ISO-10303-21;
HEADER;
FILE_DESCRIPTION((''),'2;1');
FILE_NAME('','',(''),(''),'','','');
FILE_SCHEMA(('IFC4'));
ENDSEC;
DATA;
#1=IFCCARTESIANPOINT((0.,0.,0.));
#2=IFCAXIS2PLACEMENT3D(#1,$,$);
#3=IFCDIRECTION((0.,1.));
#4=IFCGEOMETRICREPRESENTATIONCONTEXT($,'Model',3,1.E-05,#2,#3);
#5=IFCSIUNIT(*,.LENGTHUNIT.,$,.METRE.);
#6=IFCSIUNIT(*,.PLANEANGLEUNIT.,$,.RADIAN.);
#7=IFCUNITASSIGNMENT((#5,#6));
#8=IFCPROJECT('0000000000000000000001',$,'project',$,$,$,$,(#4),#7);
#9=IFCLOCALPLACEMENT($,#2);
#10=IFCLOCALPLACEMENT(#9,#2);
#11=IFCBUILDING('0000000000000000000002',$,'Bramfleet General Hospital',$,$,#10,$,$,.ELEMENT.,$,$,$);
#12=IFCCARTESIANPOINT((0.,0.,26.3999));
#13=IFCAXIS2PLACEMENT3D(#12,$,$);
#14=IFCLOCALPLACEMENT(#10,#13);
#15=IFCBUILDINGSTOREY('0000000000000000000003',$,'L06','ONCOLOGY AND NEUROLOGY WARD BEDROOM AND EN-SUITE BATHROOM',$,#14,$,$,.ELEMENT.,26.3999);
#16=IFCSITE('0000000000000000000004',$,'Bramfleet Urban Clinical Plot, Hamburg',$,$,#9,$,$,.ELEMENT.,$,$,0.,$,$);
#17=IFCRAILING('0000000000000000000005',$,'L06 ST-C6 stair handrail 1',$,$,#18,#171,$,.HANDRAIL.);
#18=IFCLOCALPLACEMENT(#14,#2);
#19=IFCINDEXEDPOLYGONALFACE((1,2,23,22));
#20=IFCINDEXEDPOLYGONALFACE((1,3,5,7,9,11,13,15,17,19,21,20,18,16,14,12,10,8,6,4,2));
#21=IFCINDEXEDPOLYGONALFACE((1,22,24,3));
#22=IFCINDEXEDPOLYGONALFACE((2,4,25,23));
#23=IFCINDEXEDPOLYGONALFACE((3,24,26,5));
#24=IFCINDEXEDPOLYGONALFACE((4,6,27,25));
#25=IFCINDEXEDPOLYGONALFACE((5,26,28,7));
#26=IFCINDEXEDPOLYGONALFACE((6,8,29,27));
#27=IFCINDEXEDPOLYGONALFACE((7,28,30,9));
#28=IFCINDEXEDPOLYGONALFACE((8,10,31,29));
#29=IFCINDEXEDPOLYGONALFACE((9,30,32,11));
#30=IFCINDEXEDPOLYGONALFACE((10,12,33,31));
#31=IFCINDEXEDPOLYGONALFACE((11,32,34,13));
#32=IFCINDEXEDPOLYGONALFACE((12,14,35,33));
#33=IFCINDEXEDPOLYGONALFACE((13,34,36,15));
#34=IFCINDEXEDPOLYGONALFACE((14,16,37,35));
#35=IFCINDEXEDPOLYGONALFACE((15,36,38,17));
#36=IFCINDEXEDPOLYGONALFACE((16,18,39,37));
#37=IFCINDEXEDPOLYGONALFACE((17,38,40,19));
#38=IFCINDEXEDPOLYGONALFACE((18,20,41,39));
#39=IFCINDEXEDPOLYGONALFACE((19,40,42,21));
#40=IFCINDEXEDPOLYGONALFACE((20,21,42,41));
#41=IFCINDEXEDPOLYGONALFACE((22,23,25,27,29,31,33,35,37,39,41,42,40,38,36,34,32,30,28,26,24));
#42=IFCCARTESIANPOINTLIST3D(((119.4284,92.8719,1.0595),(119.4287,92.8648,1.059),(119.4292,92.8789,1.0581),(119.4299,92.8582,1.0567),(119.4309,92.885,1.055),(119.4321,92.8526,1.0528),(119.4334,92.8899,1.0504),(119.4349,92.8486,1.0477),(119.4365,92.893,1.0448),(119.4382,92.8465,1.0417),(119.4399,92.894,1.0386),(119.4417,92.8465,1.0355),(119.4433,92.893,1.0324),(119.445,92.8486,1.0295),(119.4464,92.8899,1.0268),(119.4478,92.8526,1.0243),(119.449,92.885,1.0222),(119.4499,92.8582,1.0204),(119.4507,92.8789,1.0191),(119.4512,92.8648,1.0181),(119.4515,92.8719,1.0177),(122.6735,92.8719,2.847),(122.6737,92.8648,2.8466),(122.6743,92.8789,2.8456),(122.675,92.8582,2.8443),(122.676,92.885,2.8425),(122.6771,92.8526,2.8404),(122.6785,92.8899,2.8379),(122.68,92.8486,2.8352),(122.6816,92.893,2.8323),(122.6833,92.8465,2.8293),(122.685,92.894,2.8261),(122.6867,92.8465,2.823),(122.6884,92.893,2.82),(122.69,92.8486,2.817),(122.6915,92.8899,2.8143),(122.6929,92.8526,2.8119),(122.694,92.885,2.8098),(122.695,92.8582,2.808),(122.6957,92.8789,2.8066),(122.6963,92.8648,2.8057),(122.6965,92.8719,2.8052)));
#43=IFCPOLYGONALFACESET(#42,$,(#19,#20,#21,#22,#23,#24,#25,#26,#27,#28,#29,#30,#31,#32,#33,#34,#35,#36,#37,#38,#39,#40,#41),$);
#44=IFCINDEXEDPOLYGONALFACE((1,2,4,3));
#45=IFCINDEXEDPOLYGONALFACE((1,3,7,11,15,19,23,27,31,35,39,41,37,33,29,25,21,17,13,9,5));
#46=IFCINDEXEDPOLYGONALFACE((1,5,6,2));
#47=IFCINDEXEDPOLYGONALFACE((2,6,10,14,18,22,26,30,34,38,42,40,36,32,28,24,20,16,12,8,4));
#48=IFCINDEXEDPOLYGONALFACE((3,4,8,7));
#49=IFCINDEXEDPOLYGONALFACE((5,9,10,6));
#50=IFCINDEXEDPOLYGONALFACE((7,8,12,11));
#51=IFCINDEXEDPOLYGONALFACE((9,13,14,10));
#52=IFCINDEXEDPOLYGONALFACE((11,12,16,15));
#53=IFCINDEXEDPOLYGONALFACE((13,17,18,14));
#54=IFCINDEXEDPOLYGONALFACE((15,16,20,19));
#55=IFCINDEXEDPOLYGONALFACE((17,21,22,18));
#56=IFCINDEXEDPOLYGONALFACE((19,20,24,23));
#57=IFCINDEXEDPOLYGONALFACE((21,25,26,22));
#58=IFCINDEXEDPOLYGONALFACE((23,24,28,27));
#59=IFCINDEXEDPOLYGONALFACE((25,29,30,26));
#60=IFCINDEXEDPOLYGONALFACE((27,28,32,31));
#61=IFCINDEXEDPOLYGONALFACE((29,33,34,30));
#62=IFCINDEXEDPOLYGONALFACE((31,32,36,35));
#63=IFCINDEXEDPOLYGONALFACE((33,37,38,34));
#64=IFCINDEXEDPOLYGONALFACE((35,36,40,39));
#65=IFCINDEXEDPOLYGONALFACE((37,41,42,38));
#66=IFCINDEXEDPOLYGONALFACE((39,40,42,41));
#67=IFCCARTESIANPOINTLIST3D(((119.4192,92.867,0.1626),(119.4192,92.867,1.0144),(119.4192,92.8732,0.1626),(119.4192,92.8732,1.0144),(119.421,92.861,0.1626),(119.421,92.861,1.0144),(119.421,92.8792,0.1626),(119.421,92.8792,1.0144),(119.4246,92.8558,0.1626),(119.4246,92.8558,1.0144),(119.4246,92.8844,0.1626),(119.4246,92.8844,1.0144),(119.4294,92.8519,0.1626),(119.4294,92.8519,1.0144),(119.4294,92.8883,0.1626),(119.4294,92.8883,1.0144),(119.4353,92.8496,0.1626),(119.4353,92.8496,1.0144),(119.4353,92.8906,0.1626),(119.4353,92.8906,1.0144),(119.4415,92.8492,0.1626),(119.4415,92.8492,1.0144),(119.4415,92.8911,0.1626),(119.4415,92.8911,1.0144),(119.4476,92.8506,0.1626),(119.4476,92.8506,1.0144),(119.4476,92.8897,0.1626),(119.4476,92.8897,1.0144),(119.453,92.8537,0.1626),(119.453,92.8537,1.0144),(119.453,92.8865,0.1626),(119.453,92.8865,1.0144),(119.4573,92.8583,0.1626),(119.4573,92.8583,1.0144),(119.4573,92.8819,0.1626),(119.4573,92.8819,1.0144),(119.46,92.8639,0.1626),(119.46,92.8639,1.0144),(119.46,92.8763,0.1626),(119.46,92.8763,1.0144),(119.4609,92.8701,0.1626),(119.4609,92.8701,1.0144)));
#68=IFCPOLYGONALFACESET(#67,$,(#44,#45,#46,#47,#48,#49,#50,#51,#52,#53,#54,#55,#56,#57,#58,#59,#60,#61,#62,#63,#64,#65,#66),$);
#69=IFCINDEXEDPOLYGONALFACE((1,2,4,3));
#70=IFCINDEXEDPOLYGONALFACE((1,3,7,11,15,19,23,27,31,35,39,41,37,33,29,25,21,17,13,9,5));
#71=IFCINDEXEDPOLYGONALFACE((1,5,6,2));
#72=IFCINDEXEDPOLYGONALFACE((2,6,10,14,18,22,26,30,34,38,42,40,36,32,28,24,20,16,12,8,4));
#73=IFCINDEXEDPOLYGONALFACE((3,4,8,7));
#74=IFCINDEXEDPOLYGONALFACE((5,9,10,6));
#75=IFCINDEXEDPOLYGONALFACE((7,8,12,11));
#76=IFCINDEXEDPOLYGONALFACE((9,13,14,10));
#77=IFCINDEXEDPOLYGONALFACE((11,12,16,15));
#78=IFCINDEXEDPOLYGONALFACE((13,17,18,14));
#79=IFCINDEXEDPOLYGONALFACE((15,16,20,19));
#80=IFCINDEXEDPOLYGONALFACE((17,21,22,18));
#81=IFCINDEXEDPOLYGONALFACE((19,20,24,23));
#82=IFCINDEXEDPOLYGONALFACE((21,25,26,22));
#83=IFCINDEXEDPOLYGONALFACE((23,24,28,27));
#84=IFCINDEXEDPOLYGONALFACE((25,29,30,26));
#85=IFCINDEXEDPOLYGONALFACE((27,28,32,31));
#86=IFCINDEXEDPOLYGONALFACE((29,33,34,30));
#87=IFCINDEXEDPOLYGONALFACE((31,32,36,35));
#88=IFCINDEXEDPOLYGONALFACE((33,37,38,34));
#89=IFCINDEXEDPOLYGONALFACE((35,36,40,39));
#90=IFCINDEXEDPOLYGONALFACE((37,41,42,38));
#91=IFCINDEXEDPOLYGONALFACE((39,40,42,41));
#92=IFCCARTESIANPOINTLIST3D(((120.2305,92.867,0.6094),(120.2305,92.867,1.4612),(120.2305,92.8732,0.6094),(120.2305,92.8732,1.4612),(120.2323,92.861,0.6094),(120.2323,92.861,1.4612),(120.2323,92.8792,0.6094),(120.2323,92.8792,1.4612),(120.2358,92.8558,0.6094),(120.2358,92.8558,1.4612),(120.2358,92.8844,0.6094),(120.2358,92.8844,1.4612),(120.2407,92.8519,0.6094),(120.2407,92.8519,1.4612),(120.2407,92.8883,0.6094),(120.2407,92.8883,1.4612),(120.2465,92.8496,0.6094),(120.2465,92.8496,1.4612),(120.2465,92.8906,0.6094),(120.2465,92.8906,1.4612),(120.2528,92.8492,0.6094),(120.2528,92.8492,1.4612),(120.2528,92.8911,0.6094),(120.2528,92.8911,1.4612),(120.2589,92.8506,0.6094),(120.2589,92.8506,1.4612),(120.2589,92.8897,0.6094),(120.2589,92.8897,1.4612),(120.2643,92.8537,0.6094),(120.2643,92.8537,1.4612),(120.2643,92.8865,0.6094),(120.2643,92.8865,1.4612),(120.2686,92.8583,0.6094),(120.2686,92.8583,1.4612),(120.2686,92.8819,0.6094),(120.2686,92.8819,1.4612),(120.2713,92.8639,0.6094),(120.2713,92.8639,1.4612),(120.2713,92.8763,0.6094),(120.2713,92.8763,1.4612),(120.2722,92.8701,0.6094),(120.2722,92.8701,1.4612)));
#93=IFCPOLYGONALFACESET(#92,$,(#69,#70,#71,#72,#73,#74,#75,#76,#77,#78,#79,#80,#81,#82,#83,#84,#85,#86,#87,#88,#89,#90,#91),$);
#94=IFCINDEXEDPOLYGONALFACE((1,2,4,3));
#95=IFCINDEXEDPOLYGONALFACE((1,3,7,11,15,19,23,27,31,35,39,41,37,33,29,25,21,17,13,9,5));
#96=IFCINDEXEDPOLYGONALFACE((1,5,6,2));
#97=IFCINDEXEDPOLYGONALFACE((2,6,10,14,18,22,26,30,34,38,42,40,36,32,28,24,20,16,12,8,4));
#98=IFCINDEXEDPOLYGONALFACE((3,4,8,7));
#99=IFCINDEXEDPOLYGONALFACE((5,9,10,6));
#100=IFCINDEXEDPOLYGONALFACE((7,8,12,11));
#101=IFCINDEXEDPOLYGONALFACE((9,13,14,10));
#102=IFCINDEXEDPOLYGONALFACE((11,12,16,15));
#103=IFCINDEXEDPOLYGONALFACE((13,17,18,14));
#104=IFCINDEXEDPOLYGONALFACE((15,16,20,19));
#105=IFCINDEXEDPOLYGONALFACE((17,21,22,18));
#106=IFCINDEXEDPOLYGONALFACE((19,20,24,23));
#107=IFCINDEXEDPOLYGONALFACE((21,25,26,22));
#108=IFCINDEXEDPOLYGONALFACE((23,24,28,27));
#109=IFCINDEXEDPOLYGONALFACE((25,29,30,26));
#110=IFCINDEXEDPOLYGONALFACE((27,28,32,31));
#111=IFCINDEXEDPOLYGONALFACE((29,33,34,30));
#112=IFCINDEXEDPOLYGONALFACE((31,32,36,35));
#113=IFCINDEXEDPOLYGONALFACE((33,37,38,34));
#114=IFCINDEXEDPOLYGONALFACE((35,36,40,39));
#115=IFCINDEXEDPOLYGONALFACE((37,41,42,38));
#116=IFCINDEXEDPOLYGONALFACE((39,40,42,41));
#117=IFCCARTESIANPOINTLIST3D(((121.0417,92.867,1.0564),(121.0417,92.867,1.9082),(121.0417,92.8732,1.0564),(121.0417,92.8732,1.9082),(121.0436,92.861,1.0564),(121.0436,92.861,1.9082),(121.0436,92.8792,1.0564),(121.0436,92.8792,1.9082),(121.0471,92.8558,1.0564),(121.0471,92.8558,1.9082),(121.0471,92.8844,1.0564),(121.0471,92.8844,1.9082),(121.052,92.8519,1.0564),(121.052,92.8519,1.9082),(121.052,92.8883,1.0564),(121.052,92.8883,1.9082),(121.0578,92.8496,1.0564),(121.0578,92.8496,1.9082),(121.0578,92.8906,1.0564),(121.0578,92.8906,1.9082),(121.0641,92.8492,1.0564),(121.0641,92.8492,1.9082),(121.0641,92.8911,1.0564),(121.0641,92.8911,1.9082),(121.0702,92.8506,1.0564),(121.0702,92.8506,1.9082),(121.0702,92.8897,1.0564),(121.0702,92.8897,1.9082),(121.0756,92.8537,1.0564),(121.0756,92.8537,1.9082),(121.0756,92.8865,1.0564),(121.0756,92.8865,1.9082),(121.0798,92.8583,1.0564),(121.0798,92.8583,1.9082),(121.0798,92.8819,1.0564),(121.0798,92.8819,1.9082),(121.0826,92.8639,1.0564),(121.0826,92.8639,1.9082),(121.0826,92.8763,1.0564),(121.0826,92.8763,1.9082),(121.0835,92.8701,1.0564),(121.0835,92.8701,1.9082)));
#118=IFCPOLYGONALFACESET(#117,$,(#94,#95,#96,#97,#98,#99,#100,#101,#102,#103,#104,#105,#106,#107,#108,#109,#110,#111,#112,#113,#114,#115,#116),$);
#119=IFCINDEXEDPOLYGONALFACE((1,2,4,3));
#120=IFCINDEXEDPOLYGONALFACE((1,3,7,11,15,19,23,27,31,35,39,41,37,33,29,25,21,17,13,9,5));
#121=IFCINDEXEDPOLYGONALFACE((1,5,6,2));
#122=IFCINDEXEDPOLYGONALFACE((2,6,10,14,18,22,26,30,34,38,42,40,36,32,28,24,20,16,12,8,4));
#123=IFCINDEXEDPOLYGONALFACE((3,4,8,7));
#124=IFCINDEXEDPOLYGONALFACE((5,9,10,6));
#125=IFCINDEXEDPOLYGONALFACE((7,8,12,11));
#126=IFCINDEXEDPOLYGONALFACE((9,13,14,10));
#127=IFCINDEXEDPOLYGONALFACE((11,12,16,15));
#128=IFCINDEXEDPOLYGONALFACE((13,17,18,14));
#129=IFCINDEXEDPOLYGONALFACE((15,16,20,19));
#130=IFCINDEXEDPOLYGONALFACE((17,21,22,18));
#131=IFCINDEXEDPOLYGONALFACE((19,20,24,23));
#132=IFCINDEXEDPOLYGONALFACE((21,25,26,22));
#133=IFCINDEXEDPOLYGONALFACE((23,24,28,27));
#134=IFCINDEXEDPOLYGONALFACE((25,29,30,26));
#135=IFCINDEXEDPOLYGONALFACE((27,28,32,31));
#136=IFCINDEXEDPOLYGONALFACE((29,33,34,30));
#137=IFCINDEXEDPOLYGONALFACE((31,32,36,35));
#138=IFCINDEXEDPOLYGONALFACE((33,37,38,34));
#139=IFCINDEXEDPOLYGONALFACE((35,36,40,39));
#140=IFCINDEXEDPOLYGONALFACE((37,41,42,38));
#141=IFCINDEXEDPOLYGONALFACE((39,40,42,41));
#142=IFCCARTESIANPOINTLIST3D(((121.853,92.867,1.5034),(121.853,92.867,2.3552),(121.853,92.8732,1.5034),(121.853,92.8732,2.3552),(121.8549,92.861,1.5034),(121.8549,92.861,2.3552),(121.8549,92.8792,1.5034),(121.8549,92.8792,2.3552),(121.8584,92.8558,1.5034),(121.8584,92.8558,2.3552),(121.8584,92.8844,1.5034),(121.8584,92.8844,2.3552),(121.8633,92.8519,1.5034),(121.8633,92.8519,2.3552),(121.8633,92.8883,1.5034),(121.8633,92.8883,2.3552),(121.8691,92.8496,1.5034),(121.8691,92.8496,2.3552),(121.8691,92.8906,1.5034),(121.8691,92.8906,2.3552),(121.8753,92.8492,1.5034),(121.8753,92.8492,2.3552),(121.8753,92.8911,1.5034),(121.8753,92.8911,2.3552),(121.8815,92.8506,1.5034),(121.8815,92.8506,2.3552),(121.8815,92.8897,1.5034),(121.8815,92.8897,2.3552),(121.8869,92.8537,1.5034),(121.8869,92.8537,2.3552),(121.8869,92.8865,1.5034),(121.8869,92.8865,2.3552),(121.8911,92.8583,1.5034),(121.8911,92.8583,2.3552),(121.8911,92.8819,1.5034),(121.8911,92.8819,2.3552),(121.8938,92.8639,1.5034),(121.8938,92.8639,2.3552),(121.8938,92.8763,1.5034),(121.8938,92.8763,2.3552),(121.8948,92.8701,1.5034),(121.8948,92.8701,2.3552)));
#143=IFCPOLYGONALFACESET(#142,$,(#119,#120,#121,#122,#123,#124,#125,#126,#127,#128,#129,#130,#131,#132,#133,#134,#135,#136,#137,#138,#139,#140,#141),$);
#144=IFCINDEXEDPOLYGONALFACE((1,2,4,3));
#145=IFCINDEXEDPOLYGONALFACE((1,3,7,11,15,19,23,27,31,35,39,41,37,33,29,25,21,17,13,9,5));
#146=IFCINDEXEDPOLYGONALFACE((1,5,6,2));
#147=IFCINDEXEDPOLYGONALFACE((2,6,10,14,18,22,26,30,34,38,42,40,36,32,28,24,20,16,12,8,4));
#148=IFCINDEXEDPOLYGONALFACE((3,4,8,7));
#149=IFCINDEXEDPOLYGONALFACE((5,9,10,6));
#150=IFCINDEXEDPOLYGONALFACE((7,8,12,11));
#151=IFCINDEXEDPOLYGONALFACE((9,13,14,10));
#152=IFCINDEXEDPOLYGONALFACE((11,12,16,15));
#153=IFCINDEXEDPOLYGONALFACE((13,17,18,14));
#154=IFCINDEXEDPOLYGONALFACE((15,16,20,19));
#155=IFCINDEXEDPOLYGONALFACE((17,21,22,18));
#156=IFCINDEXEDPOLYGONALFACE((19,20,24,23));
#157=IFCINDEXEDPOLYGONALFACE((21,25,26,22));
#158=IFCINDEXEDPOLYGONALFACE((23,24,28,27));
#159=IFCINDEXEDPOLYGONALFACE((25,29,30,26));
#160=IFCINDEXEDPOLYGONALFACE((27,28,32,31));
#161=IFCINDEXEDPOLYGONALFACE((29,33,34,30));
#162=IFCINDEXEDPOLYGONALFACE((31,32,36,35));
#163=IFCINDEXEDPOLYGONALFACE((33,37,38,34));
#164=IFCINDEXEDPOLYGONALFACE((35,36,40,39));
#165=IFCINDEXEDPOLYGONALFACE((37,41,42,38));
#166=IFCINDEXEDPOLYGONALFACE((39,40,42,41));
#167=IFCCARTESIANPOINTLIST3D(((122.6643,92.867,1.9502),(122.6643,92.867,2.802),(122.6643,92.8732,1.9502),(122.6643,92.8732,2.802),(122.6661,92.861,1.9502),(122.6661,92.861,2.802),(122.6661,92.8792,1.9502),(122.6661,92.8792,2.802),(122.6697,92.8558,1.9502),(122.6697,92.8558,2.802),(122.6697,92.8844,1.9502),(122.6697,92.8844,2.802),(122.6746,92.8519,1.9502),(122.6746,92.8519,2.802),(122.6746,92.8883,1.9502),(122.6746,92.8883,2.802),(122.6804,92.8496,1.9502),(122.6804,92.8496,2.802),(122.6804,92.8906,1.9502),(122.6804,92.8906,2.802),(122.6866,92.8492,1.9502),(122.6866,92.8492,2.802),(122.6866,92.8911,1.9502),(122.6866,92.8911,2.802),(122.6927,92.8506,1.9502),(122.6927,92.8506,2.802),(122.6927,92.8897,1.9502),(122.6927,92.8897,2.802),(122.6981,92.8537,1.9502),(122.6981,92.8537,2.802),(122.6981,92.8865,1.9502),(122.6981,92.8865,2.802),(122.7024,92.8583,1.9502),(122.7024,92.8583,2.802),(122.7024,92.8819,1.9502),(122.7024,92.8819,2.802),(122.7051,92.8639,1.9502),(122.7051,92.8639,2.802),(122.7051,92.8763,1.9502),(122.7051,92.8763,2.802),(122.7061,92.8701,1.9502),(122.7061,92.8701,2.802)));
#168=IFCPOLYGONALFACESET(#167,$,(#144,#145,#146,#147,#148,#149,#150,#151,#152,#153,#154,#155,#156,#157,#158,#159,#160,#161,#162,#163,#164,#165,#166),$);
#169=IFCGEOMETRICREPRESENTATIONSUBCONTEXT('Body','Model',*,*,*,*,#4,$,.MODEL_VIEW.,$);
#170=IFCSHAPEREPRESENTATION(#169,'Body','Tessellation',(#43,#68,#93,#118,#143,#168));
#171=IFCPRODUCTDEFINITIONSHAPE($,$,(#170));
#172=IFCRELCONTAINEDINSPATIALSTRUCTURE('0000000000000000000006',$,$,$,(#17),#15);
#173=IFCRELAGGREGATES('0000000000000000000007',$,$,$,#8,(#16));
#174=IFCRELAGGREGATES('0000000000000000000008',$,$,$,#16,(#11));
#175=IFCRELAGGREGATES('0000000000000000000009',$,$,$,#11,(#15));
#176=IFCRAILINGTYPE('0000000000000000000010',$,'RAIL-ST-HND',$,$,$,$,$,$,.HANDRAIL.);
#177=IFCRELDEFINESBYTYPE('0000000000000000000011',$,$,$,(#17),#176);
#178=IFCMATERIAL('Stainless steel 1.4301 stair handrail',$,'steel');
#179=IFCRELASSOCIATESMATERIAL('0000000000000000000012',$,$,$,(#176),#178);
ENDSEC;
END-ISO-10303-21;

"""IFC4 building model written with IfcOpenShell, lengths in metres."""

from ifc_helpers import new_model, si_unit, direction, frame, origin, origin_2d, place, context, subcontext, project, spatial, circle, extrude, material, type_object, element, save


model = new_model("IFC4")

# Units and contexts
model_context = context("Model", 3, precision=1e-05, world=origin(), true_north=direction((0.0, 1.0)))
body_context = subcontext(model_context, "Body", "Model", "MODEL_VIEW")
ifc_project = project(units=[si_unit("LENGTHUNIT", "METRE"), si_unit("PLANEANGLEUNIT", "RADIAN")], contexts=[model_context])

# Site, building, storey
site_placement = place(None, origin())
site = spatial("IfcSite", under=ifc_project, at=site_placement, Name="Bramfleet Urban Clinical Plot, Hamburg", CompositionType="ELEMENT", RefElevation=0.0)
building_placement = place(site_placement, origin())
building = spatial("IfcBuilding", under=site, at=building_placement, Name="Bramfleet General Hospital", CompositionType="ELEMENT")
storey_placement = place(building_placement, frame((0.0, 0.0, 26.3999)))
storey = spatial("IfcBuildingStorey", under=building, at=storey_placement, Name="L06", Description="ONCOLOGY AND NEUROLOGY WARD BEDROOM AND EN-SUITE BATHROOM", CompositionType="ELEMENT", Elevation=26.3999)

# Railing
ifc_material_1 = material(Name="Stainless steel 1.4301 stair handrail", Category="steel")
railing_type_1 = type_object("IfcRailingType", Name="RAIL-ST-HND", PredefinedType="HANDRAIL", material=ifc_material_1)
railing_1_placement = place(storey_placement, frame((119.4399, 92.8701, 0.1626)))
element("IfcRailing", 1, at=railing_1_placement, inside=storey, type_object=railing_type_1, Name="L06 ST-C6 stair handrail 1", PredefinedType="HANDRAIL", context=body_context, shape_type="SweptSolid", body=[
    extrude(circle(Radius=0.0239, at=origin_2d()), frame((0.0, 0.0, 0.876), z_axis=(0.875899, 0.0, 0.482495), x_axis=(0.0, 1.0, 0.0)), (0.0, 0.0, 1.0), 3.7048),
    extrude(circle(Radius=0.021, at=origin_2d()), origin(), (0.0, 0.0, 1.0), 0.8518),
    extrude(circle(Radius=0.021, at=origin_2d()), frame((0.8113, 0.0, 0.4468)), (0.0, 0.0, 1.0), 0.8518),
    extrude(circle(Radius=0.021, at=origin_2d()), frame((1.6226, 0.0, 0.8938)), (0.0, 0.0, 1.0), 0.8518),
    extrude(circle(Radius=0.021, at=origin_2d()), frame((2.4338, 0.0, 1.3408)), (0.0, 0.0, 1.0), 0.8518),
    extrude(circle(Radius=0.021, at=origin_2d()), frame((3.2451, 0.0, 1.7876)), (0.0, 0.0, 1.0), 0.8518),
])

save(model, "model.ifc")
